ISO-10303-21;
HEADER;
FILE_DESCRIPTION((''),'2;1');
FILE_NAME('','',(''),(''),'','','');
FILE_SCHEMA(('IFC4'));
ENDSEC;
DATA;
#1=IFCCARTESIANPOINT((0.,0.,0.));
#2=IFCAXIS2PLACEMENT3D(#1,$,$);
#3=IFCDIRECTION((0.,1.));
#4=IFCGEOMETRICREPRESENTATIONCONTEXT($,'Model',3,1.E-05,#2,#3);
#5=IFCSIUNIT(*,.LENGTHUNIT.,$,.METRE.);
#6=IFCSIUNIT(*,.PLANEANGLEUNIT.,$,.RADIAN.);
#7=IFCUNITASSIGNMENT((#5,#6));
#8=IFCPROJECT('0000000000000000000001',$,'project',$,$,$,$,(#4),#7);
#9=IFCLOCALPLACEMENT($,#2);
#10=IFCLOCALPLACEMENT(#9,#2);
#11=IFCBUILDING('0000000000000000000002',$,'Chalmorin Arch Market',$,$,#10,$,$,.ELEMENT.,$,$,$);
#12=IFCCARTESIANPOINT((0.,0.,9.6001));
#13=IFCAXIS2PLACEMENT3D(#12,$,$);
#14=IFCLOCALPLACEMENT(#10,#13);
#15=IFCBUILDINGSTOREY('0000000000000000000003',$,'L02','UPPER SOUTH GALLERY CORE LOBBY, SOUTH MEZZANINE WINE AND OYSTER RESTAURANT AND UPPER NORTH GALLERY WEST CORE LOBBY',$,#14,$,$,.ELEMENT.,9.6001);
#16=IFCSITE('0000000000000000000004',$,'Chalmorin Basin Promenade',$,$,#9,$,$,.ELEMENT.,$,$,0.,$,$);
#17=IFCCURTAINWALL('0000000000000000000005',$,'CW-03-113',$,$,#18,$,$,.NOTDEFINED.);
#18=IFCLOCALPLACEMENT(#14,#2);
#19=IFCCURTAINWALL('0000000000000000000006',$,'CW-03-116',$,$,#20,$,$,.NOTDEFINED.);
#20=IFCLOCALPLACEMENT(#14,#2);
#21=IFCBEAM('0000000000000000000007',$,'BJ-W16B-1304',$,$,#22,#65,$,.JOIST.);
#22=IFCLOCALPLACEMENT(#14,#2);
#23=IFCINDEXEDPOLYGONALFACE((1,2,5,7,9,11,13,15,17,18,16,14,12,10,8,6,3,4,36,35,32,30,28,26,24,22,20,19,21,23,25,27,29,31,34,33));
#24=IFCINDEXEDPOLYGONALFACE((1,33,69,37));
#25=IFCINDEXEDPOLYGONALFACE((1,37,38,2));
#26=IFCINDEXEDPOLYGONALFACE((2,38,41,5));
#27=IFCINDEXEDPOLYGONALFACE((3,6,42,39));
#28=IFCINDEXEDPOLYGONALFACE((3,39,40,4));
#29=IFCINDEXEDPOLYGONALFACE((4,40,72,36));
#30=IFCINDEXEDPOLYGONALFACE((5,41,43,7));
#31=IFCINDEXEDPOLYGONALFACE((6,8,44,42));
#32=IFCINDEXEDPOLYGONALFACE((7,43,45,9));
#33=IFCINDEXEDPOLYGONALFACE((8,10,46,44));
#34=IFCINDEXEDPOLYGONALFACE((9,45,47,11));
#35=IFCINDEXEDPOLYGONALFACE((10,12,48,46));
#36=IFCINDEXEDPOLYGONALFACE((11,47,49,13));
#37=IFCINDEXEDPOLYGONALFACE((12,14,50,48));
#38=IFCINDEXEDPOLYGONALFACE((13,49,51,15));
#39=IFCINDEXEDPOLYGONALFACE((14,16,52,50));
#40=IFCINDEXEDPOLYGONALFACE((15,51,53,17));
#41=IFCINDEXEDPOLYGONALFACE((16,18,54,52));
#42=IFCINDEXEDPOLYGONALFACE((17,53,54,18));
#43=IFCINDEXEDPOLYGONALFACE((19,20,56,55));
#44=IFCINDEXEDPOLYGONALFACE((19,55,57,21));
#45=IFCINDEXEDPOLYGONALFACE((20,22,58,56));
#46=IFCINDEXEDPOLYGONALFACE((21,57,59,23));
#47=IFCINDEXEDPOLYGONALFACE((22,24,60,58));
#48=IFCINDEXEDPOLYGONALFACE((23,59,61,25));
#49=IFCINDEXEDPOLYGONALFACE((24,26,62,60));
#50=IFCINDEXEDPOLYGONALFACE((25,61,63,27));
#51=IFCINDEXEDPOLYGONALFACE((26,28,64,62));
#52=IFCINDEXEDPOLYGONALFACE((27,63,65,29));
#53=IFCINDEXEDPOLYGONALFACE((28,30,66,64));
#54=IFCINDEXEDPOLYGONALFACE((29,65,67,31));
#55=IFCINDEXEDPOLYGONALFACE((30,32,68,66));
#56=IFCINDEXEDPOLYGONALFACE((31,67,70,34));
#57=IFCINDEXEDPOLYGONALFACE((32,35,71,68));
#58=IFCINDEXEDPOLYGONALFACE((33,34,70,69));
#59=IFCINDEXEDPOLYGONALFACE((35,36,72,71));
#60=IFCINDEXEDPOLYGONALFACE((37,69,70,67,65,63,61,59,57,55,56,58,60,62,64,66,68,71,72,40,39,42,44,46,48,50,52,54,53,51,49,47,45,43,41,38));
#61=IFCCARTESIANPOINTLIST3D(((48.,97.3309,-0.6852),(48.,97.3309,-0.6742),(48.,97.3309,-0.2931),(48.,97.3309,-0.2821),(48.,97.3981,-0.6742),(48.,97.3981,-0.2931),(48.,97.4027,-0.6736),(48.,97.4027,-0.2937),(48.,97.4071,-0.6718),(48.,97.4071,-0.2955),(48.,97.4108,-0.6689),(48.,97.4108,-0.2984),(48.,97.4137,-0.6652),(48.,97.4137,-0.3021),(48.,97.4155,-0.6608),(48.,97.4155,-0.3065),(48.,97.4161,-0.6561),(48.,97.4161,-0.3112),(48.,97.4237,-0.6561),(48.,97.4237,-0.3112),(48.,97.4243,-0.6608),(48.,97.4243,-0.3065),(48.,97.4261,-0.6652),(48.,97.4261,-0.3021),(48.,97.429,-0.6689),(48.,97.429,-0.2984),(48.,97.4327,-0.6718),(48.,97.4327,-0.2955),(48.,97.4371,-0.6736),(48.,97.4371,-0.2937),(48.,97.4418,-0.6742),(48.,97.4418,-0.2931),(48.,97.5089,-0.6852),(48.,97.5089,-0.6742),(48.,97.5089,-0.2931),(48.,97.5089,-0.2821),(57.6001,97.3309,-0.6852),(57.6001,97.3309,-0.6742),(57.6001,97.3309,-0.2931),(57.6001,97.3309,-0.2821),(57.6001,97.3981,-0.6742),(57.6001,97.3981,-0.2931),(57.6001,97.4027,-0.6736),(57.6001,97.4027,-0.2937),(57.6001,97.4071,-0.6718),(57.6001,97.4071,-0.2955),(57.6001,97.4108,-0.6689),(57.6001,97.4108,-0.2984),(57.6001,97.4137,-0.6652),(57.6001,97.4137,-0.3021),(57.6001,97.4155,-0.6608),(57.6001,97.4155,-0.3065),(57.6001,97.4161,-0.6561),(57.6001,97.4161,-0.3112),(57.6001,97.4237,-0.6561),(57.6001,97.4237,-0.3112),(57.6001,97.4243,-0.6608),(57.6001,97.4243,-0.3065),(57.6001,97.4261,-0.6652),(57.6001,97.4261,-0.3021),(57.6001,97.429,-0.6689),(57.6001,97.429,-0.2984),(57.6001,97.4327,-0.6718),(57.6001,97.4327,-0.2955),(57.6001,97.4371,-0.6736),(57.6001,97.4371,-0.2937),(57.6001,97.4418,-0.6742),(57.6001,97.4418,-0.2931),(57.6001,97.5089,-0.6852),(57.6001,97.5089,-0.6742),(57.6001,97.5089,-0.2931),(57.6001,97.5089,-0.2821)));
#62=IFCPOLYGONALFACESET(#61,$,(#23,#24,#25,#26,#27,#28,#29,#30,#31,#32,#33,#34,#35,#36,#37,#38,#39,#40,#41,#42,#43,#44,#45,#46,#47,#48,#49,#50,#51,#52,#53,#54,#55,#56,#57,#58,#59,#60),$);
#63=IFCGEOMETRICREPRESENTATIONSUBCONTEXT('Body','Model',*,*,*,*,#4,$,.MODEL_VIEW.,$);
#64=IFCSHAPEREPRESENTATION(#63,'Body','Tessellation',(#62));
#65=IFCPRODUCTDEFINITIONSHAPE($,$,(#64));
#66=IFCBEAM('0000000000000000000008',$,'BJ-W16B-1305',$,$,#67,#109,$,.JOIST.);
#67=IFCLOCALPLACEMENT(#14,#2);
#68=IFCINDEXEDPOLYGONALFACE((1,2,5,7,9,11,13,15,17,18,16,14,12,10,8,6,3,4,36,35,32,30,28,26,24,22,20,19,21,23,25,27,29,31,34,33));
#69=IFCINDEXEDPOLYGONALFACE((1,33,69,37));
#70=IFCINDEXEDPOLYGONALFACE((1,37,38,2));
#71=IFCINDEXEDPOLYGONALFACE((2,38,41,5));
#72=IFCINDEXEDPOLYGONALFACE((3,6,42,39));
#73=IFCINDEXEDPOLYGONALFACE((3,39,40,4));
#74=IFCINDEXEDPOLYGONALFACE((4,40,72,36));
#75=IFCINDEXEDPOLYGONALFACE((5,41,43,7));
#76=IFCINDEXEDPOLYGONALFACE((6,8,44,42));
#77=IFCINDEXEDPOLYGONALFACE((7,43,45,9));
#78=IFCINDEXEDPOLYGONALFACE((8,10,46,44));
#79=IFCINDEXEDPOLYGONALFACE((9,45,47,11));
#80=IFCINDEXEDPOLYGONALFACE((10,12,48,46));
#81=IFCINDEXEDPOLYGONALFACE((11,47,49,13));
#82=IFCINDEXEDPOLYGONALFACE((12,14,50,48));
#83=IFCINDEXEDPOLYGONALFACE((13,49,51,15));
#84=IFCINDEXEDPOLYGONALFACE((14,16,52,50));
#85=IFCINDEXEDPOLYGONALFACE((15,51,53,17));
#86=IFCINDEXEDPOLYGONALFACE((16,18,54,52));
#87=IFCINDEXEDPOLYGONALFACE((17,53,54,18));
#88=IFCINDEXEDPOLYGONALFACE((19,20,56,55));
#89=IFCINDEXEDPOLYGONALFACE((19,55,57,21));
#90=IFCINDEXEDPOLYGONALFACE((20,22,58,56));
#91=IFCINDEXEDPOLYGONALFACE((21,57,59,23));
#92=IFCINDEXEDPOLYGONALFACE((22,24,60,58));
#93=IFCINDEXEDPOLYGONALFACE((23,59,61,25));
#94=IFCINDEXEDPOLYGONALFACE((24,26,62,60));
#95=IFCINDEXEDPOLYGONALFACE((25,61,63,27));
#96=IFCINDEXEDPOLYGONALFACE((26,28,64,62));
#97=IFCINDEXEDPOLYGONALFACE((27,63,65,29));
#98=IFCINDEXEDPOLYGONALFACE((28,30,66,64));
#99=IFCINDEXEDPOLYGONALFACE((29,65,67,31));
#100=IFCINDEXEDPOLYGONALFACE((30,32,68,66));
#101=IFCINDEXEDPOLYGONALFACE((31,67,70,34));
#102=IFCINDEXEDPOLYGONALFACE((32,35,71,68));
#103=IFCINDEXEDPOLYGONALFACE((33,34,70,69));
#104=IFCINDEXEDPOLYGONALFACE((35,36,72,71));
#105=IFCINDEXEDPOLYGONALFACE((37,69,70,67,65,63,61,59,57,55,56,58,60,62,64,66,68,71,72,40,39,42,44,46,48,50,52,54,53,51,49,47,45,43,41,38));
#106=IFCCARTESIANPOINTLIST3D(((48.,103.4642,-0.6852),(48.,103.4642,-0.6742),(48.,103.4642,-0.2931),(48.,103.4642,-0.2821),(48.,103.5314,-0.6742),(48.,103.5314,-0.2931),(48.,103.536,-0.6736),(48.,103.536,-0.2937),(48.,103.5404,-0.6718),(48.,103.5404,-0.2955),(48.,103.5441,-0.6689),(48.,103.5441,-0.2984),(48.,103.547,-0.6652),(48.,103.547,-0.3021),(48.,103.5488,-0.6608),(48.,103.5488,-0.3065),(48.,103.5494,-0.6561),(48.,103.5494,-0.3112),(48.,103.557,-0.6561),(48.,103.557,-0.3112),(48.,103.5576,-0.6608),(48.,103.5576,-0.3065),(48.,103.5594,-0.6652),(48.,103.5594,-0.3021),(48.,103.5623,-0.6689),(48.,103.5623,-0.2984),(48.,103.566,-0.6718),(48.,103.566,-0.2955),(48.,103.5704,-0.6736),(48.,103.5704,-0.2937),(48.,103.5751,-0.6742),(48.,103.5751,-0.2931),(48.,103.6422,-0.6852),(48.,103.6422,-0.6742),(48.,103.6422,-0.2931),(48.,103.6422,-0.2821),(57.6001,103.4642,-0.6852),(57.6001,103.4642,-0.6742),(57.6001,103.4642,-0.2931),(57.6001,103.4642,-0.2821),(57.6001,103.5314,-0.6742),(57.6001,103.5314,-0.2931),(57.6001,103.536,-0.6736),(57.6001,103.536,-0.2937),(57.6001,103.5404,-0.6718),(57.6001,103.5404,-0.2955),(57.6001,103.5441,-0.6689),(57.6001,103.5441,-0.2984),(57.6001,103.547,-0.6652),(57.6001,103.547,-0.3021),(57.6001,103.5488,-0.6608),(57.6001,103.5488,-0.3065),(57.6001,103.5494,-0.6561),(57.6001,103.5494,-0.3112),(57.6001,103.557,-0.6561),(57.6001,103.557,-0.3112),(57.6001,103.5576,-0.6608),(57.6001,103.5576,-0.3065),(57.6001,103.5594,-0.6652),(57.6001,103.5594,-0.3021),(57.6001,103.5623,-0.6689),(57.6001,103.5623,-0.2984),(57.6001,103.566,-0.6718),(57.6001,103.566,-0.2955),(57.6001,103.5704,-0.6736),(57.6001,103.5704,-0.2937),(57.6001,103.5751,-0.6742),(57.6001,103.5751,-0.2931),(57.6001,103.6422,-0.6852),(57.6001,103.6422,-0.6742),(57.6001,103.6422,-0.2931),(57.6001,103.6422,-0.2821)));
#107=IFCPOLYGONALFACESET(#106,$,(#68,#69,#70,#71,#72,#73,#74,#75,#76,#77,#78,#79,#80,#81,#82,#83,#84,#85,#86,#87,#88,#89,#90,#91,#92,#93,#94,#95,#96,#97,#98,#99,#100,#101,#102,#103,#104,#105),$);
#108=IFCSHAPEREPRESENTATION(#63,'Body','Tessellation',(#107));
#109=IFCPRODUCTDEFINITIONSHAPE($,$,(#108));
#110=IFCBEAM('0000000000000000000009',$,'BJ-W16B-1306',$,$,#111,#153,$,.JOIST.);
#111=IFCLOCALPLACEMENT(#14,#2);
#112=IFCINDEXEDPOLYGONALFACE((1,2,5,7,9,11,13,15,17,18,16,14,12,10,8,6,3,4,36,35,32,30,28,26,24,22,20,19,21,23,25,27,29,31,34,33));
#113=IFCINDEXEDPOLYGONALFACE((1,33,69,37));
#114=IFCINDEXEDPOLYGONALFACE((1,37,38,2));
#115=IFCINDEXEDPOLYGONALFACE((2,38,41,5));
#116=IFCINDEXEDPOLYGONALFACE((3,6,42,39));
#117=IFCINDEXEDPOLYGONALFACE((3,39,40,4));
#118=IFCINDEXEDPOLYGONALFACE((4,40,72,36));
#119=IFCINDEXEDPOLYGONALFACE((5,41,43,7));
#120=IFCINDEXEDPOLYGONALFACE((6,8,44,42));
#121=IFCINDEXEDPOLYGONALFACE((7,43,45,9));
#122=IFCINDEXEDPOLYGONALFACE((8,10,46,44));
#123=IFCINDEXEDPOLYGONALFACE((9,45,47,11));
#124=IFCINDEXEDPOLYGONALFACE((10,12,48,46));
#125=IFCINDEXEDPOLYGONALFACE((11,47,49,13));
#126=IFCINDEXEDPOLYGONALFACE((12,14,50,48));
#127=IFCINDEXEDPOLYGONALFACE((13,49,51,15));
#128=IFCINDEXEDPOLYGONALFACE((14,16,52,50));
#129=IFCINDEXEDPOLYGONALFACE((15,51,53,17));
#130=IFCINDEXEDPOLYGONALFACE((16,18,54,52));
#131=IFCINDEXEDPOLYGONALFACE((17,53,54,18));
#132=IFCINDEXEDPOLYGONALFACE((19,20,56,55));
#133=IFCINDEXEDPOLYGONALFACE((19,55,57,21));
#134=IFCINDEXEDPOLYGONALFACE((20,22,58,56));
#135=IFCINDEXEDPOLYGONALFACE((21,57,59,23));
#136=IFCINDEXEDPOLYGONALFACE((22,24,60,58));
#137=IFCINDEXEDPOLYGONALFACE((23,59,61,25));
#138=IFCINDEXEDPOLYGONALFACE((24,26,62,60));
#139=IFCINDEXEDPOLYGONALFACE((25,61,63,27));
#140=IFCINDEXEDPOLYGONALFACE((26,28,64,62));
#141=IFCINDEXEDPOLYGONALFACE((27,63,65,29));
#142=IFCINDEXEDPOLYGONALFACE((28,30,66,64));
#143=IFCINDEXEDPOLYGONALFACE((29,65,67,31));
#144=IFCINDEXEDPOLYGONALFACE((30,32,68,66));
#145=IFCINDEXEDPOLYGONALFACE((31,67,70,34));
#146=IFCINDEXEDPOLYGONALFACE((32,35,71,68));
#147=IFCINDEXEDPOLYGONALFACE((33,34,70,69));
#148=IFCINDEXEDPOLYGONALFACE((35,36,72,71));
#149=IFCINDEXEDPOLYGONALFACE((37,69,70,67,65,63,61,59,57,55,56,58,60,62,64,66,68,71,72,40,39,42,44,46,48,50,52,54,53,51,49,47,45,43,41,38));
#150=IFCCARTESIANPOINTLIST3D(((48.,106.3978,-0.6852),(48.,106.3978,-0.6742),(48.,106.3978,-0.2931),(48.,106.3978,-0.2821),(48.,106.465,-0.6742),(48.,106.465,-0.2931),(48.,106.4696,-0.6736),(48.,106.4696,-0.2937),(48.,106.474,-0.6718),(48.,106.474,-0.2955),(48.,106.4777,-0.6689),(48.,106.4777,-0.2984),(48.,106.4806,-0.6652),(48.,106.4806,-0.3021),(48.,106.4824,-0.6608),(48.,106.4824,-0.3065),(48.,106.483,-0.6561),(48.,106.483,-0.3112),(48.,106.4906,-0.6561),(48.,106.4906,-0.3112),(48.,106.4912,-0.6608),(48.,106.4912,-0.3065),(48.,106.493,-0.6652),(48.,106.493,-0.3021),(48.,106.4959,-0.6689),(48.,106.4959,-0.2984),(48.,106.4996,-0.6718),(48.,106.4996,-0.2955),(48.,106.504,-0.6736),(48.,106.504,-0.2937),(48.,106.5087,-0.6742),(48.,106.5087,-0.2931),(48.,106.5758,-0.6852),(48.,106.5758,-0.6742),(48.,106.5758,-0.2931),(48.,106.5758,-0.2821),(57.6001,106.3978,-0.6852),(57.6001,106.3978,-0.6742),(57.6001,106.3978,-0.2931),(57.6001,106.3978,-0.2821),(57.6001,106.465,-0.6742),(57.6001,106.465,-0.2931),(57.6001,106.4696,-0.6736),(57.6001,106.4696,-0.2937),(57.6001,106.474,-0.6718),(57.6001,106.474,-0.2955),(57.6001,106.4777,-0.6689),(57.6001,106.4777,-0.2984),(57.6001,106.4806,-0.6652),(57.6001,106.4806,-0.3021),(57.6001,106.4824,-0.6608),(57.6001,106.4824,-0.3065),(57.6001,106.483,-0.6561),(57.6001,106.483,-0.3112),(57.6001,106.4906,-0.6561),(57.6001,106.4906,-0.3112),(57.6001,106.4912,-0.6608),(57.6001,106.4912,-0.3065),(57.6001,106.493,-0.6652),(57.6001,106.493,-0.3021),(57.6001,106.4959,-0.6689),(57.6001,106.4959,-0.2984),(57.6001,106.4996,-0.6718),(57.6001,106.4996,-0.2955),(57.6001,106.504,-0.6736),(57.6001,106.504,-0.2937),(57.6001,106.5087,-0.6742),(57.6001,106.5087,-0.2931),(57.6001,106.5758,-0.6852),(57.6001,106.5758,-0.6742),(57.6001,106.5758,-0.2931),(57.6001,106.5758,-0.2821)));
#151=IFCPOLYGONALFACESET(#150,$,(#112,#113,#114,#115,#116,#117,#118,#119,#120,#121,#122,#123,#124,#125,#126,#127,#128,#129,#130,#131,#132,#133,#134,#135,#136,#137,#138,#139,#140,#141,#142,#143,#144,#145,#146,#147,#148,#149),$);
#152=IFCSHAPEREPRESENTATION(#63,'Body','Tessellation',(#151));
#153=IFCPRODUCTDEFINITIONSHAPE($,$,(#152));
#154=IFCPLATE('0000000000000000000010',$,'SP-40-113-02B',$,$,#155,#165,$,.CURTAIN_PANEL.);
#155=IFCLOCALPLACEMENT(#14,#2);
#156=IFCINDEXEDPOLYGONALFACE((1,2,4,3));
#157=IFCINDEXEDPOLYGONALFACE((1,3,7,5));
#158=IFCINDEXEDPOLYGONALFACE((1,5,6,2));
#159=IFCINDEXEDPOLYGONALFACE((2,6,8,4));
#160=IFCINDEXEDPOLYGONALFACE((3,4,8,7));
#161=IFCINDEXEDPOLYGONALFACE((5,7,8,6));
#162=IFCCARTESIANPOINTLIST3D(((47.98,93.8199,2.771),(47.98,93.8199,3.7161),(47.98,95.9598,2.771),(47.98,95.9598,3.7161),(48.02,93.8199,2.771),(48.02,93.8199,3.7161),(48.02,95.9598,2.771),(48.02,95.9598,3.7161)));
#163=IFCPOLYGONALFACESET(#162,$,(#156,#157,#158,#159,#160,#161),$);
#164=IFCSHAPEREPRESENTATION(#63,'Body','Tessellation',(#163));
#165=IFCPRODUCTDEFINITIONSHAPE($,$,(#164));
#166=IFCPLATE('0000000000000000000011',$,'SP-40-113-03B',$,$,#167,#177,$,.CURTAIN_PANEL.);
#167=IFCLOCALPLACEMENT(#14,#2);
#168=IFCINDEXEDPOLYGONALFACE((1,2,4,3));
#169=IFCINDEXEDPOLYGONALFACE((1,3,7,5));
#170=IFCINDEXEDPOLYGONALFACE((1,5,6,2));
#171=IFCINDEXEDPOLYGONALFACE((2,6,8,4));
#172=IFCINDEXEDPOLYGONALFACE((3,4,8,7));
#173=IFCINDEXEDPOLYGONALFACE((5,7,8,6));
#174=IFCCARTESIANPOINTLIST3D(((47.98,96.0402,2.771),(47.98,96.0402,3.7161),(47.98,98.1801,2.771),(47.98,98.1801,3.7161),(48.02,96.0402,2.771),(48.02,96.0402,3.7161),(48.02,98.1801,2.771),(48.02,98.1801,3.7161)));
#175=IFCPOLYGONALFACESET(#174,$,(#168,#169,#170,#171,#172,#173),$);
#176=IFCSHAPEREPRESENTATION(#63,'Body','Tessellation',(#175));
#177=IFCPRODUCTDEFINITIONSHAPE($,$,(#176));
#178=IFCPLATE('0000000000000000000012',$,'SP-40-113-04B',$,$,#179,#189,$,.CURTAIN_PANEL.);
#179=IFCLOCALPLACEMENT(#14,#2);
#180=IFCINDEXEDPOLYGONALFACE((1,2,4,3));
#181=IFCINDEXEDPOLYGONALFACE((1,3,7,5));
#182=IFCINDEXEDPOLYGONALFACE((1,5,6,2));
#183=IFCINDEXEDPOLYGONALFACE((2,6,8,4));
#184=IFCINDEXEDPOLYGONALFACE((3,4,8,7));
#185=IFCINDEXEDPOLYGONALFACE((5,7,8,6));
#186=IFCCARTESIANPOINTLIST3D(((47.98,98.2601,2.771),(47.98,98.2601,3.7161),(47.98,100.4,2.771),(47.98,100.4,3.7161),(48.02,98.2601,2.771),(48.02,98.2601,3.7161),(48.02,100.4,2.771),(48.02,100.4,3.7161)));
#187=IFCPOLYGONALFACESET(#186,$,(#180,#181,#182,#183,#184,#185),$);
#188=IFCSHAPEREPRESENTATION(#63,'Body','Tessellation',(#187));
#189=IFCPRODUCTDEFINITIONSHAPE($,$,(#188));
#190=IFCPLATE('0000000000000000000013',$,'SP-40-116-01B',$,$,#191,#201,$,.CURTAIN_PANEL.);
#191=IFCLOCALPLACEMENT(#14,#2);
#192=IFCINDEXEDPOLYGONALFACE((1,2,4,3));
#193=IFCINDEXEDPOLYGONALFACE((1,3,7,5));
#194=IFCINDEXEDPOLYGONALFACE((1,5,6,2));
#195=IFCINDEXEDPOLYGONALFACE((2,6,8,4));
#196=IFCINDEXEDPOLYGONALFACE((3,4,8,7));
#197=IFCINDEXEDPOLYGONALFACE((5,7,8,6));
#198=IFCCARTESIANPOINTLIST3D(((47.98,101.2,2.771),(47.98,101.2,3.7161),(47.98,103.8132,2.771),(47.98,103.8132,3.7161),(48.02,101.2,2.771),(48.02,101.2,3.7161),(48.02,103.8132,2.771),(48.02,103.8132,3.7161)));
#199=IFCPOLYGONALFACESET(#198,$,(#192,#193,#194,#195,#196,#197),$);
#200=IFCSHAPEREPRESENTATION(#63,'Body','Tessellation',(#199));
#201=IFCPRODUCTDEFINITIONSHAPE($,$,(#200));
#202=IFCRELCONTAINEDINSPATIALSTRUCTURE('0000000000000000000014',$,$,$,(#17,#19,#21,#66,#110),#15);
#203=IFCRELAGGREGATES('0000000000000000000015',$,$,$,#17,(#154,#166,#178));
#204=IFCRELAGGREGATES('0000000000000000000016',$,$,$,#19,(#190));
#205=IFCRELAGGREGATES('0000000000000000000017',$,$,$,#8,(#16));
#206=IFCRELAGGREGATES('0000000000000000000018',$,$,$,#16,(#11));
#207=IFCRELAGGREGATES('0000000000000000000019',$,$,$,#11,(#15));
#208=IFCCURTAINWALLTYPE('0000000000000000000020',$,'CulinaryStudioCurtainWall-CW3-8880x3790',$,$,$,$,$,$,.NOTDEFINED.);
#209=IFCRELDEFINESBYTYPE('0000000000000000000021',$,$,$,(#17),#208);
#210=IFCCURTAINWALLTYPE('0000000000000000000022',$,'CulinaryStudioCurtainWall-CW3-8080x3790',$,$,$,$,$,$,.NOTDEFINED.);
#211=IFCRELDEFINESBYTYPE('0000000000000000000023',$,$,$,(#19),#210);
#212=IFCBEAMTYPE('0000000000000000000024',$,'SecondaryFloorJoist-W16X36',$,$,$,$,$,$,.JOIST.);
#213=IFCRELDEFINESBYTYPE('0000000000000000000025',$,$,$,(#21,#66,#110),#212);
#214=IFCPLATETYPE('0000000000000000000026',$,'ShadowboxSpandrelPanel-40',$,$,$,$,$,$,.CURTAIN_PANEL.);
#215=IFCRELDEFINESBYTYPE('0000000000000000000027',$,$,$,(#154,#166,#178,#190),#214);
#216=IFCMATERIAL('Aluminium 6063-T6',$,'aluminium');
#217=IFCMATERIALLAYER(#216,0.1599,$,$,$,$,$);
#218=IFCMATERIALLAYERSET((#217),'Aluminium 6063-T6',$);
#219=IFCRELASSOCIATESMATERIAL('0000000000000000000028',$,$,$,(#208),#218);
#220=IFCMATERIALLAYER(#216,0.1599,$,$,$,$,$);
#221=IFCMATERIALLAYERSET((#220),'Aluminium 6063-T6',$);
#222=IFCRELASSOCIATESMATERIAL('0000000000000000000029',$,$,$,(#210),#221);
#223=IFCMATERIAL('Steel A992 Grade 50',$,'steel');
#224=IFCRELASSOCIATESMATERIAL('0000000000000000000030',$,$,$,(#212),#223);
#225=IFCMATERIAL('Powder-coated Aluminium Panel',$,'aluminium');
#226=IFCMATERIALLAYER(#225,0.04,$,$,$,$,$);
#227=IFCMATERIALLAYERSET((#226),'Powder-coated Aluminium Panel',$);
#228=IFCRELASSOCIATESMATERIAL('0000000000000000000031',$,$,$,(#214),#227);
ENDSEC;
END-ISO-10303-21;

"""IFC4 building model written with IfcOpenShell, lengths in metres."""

from ifc_helpers import new_model, si_unit, direction, frame, origin, origin_2d, place, context, subcontext, project, spatial, rectangle, i_section, extrude, material, layer, layer_set, material_profile, profile_set, type_object, element, aggregate, save


model = new_model("IFC4")

# Units and contexts
model_context = context("Model", 3, precision=1e-05, world=origin(), true_north=direction((0.0, 1.0)))
body_context = subcontext(model_context, "Body", "Model", "MODEL_VIEW")
ifc_project = project(units=[si_unit("LENGTHUNIT", "METRE"), si_unit("PLANEANGLEUNIT", "RADIAN")], contexts=[model_context])

# Site, building, storey
site_placement = place(None, origin())
site = spatial("IfcSite", under=ifc_project, at=site_placement, Name="Chalmorin Basin Promenade", CompositionType="ELEMENT", RefElevation=0.0)
building_placement = place(site_placement, origin())
building = spatial("IfcBuilding", under=site, at=building_placement, Name="Chalmorin Arch Market", CompositionType="ELEMENT")
storey_placement = place(building_placement, frame((0.0, 0.0, 9.6001)))
storey = spatial("IfcBuildingStorey", under=building, at=storey_placement, Name="L02", Description="UPPER SOUTH GALLERY CORE LOBBY, SOUTH MEZZANINE WINE AND OYSTER RESTAURANT AND UPPER NORTH GALLERY WEST CORE LOBBY", CompositionType="ELEMENT", Elevation=9.6001)

# Curtain walls
ifc_material_1 = material(Name="Aluminium 6063-T6", Category="aluminium")
ifc_layer_1 = layer(ifc_material_1, 0.1599)
ifc_layer_set_1 = layer_set([ifc_layer_1], Name="Aluminium 6063-T6")
curtain_wall_type_1 = type_object("IfcCurtainWallType", Name="CulinaryStudioCurtainWall-CW3-8880x3790", PredefinedType="NOTDEFINED", material=ifc_layer_set_1)
curtain_wall_1_placement = place(storey_placement, origin())
curtain_wall_1 = element("IfcCurtainWall", 1, at=curtain_wall_1_placement, inside=storey, type_object=curtain_wall_type_1, Name="CW-03-113", PredefinedType="NOTDEFINED")
ifc_layer_2 = layer(ifc_material_1, 0.1599)
ifc_layer_set_2 = layer_set([ifc_layer_2], Name="Aluminium 6063-T6")
curtain_wall_type_2 = type_object("IfcCurtainWallType", Name="CulinaryStudioCurtainWall-CW3-8080x3790", PredefinedType="NOTDEFINED", material=ifc_layer_set_2)
curtain_wall_2_placement = place(storey_placement, origin())
curtain_wall_2 = element("IfcCurtainWall", 2, at=curtain_wall_2_placement, inside=storey, type_object=curtain_wall_type_2, Name="CW-03-116", PredefinedType="NOTDEFINED")

# Beams
ifc_material_2 = material(Name="Steel A992 Grade 50", Category="steel")
ifc_material_profile_1 = material_profile(ifc_material_2, i_section(OverallWidth=0.178, OverallDepth=0.4031, WebThickness=0.0076, FlangeThickness=0.011, FilletRadius=0.0181, at=origin_2d()), Name="W16X36")
ifc_profile_set_1 = profile_set([ifc_material_profile_1], Name="Steel A992 Grade 50")
beam_type_1 = type_object("IfcBeamType", Name="SecondaryFloorJoist-W16X36", PredefinedType="JOIST", material=ifc_profile_set_1)
for number, where, z_axis, x_axis, name in (
    (3, (48.0, 97.4199, -0.4836), (1.0, 0.0, 0.0), (0.0, 1.0, 0.0), "BJ-W16B-1304"),
    (4, (48.0, 103.5532, -0.4836), (1.0, 0.0, 0.0), (0.0, 1.0, 0.0), "BJ-W16B-1305"),
    (5, (48.0, 106.4868, -0.4836), (1.0, 0.0, 0.0), (0.0, 1.0, 0.0), "BJ-W16B-1306"),
):
    element("IfcBeam", number, at=place(storey_placement, frame(where, z_axis=z_axis, x_axis=x_axis)), inside=storey, type_object=beam_type_1, Name=name, PredefinedType="JOIST", context=body_context, shape_type="SweptSolid", body=[
        extrude(i_section(OverallWidth=0.178, OverallDepth=0.4031, WebThickness=0.0076, FlangeThickness=0.011, FilletRadius=0.0181, at=origin_2d()), origin(), (0.0, 0.0, 1.0), 9.6001),
    ])

# Plates
ifc_material_3 = material(Name="Powder-coated Aluminium Panel", Category="aluminium")
ifc_layer_3 = layer(ifc_material_3, 0.04)
ifc_layer_set_3 = layer_set([ifc_layer_3], Name="Powder-coated Aluminium Panel")
plate_type_1 = type_object("IfcPlateType", Name="ShadowboxSpandrelPanel-40", PredefinedType="CURTAIN_PANEL", material=ifc_layer_set_3)
plate_1_placement = place(storey_placement, frame((48.0, 94.8899, 2.771), z_axis=(0.0, 0.0, 1.0), x_axis=(0.0, 1.0, 0.0)))
plate_1 = element("IfcPlate", 6, at=plate_1_placement, type_object=plate_type_1, Name="SP-40-113-02B", PredefinedType="CURTAIN_PANEL", context=body_context, shape_type="SweptSolid", body=[
    extrude(rectangle(XDim=2.1399, YDim=0.04, at=origin_2d()), origin(), (0.0, 0.0, 1.0), 0.9451),
])
plate_2_placement = place(storey_placement, frame((48.0, 97.1101, 2.771), z_axis=(0.0, 0.0, 1.0), x_axis=(0.0, 1.0, 0.0)))
plate_2 = element("IfcPlate", 7, at=plate_2_placement, type_object=plate_type_1, Name="SP-40-113-03B", PredefinedType="CURTAIN_PANEL", context=body_context, shape_type="SweptSolid", body=[
    extrude(rectangle(XDim=2.1399, YDim=0.04, at=origin_2d()), origin(), (0.0, 0.0, 1.0), 0.9451),
])
plate_3_placement = place(storey_placement, frame((48.0, 99.3301, 2.771), z_axis=(0.0, 0.0, 1.0), x_axis=(0.0, 1.0, 0.0)))
plate_3 = element("IfcPlate", 8, at=plate_3_placement, type_object=plate_type_1, Name="SP-40-113-04B", PredefinedType="CURTAIN_PANEL", context=body_context, shape_type="SweptSolid", body=[
    extrude(rectangle(XDim=2.1399, YDim=0.04, at=origin_2d()), origin(), (0.0, 0.0, 1.0), 0.9451),
])
plate_4_placement = place(storey_placement, frame((48.0, 102.5066, 2.771), z_axis=(0.0, 0.0, 1.0), x_axis=(0.0, 1.0, 0.0)))
plate_4 = element("IfcPlate", 9, at=plate_4_placement, type_object=plate_type_1, Name="SP-40-116-01B", PredefinedType="CURTAIN_PANEL", context=body_context, shape_type="SweptSolid", body=[
    extrude(rectangle(XDim=2.6133, YDim=0.04, at=origin_2d()), origin(), (0.0, 0.0, 1.0), 0.9451),
])
aggregate(curtain_wall_1, [plate_1, plate_2, plate_3])
aggregate(curtain_wall_2, [plate_4])

save(model, "model.ifc")
